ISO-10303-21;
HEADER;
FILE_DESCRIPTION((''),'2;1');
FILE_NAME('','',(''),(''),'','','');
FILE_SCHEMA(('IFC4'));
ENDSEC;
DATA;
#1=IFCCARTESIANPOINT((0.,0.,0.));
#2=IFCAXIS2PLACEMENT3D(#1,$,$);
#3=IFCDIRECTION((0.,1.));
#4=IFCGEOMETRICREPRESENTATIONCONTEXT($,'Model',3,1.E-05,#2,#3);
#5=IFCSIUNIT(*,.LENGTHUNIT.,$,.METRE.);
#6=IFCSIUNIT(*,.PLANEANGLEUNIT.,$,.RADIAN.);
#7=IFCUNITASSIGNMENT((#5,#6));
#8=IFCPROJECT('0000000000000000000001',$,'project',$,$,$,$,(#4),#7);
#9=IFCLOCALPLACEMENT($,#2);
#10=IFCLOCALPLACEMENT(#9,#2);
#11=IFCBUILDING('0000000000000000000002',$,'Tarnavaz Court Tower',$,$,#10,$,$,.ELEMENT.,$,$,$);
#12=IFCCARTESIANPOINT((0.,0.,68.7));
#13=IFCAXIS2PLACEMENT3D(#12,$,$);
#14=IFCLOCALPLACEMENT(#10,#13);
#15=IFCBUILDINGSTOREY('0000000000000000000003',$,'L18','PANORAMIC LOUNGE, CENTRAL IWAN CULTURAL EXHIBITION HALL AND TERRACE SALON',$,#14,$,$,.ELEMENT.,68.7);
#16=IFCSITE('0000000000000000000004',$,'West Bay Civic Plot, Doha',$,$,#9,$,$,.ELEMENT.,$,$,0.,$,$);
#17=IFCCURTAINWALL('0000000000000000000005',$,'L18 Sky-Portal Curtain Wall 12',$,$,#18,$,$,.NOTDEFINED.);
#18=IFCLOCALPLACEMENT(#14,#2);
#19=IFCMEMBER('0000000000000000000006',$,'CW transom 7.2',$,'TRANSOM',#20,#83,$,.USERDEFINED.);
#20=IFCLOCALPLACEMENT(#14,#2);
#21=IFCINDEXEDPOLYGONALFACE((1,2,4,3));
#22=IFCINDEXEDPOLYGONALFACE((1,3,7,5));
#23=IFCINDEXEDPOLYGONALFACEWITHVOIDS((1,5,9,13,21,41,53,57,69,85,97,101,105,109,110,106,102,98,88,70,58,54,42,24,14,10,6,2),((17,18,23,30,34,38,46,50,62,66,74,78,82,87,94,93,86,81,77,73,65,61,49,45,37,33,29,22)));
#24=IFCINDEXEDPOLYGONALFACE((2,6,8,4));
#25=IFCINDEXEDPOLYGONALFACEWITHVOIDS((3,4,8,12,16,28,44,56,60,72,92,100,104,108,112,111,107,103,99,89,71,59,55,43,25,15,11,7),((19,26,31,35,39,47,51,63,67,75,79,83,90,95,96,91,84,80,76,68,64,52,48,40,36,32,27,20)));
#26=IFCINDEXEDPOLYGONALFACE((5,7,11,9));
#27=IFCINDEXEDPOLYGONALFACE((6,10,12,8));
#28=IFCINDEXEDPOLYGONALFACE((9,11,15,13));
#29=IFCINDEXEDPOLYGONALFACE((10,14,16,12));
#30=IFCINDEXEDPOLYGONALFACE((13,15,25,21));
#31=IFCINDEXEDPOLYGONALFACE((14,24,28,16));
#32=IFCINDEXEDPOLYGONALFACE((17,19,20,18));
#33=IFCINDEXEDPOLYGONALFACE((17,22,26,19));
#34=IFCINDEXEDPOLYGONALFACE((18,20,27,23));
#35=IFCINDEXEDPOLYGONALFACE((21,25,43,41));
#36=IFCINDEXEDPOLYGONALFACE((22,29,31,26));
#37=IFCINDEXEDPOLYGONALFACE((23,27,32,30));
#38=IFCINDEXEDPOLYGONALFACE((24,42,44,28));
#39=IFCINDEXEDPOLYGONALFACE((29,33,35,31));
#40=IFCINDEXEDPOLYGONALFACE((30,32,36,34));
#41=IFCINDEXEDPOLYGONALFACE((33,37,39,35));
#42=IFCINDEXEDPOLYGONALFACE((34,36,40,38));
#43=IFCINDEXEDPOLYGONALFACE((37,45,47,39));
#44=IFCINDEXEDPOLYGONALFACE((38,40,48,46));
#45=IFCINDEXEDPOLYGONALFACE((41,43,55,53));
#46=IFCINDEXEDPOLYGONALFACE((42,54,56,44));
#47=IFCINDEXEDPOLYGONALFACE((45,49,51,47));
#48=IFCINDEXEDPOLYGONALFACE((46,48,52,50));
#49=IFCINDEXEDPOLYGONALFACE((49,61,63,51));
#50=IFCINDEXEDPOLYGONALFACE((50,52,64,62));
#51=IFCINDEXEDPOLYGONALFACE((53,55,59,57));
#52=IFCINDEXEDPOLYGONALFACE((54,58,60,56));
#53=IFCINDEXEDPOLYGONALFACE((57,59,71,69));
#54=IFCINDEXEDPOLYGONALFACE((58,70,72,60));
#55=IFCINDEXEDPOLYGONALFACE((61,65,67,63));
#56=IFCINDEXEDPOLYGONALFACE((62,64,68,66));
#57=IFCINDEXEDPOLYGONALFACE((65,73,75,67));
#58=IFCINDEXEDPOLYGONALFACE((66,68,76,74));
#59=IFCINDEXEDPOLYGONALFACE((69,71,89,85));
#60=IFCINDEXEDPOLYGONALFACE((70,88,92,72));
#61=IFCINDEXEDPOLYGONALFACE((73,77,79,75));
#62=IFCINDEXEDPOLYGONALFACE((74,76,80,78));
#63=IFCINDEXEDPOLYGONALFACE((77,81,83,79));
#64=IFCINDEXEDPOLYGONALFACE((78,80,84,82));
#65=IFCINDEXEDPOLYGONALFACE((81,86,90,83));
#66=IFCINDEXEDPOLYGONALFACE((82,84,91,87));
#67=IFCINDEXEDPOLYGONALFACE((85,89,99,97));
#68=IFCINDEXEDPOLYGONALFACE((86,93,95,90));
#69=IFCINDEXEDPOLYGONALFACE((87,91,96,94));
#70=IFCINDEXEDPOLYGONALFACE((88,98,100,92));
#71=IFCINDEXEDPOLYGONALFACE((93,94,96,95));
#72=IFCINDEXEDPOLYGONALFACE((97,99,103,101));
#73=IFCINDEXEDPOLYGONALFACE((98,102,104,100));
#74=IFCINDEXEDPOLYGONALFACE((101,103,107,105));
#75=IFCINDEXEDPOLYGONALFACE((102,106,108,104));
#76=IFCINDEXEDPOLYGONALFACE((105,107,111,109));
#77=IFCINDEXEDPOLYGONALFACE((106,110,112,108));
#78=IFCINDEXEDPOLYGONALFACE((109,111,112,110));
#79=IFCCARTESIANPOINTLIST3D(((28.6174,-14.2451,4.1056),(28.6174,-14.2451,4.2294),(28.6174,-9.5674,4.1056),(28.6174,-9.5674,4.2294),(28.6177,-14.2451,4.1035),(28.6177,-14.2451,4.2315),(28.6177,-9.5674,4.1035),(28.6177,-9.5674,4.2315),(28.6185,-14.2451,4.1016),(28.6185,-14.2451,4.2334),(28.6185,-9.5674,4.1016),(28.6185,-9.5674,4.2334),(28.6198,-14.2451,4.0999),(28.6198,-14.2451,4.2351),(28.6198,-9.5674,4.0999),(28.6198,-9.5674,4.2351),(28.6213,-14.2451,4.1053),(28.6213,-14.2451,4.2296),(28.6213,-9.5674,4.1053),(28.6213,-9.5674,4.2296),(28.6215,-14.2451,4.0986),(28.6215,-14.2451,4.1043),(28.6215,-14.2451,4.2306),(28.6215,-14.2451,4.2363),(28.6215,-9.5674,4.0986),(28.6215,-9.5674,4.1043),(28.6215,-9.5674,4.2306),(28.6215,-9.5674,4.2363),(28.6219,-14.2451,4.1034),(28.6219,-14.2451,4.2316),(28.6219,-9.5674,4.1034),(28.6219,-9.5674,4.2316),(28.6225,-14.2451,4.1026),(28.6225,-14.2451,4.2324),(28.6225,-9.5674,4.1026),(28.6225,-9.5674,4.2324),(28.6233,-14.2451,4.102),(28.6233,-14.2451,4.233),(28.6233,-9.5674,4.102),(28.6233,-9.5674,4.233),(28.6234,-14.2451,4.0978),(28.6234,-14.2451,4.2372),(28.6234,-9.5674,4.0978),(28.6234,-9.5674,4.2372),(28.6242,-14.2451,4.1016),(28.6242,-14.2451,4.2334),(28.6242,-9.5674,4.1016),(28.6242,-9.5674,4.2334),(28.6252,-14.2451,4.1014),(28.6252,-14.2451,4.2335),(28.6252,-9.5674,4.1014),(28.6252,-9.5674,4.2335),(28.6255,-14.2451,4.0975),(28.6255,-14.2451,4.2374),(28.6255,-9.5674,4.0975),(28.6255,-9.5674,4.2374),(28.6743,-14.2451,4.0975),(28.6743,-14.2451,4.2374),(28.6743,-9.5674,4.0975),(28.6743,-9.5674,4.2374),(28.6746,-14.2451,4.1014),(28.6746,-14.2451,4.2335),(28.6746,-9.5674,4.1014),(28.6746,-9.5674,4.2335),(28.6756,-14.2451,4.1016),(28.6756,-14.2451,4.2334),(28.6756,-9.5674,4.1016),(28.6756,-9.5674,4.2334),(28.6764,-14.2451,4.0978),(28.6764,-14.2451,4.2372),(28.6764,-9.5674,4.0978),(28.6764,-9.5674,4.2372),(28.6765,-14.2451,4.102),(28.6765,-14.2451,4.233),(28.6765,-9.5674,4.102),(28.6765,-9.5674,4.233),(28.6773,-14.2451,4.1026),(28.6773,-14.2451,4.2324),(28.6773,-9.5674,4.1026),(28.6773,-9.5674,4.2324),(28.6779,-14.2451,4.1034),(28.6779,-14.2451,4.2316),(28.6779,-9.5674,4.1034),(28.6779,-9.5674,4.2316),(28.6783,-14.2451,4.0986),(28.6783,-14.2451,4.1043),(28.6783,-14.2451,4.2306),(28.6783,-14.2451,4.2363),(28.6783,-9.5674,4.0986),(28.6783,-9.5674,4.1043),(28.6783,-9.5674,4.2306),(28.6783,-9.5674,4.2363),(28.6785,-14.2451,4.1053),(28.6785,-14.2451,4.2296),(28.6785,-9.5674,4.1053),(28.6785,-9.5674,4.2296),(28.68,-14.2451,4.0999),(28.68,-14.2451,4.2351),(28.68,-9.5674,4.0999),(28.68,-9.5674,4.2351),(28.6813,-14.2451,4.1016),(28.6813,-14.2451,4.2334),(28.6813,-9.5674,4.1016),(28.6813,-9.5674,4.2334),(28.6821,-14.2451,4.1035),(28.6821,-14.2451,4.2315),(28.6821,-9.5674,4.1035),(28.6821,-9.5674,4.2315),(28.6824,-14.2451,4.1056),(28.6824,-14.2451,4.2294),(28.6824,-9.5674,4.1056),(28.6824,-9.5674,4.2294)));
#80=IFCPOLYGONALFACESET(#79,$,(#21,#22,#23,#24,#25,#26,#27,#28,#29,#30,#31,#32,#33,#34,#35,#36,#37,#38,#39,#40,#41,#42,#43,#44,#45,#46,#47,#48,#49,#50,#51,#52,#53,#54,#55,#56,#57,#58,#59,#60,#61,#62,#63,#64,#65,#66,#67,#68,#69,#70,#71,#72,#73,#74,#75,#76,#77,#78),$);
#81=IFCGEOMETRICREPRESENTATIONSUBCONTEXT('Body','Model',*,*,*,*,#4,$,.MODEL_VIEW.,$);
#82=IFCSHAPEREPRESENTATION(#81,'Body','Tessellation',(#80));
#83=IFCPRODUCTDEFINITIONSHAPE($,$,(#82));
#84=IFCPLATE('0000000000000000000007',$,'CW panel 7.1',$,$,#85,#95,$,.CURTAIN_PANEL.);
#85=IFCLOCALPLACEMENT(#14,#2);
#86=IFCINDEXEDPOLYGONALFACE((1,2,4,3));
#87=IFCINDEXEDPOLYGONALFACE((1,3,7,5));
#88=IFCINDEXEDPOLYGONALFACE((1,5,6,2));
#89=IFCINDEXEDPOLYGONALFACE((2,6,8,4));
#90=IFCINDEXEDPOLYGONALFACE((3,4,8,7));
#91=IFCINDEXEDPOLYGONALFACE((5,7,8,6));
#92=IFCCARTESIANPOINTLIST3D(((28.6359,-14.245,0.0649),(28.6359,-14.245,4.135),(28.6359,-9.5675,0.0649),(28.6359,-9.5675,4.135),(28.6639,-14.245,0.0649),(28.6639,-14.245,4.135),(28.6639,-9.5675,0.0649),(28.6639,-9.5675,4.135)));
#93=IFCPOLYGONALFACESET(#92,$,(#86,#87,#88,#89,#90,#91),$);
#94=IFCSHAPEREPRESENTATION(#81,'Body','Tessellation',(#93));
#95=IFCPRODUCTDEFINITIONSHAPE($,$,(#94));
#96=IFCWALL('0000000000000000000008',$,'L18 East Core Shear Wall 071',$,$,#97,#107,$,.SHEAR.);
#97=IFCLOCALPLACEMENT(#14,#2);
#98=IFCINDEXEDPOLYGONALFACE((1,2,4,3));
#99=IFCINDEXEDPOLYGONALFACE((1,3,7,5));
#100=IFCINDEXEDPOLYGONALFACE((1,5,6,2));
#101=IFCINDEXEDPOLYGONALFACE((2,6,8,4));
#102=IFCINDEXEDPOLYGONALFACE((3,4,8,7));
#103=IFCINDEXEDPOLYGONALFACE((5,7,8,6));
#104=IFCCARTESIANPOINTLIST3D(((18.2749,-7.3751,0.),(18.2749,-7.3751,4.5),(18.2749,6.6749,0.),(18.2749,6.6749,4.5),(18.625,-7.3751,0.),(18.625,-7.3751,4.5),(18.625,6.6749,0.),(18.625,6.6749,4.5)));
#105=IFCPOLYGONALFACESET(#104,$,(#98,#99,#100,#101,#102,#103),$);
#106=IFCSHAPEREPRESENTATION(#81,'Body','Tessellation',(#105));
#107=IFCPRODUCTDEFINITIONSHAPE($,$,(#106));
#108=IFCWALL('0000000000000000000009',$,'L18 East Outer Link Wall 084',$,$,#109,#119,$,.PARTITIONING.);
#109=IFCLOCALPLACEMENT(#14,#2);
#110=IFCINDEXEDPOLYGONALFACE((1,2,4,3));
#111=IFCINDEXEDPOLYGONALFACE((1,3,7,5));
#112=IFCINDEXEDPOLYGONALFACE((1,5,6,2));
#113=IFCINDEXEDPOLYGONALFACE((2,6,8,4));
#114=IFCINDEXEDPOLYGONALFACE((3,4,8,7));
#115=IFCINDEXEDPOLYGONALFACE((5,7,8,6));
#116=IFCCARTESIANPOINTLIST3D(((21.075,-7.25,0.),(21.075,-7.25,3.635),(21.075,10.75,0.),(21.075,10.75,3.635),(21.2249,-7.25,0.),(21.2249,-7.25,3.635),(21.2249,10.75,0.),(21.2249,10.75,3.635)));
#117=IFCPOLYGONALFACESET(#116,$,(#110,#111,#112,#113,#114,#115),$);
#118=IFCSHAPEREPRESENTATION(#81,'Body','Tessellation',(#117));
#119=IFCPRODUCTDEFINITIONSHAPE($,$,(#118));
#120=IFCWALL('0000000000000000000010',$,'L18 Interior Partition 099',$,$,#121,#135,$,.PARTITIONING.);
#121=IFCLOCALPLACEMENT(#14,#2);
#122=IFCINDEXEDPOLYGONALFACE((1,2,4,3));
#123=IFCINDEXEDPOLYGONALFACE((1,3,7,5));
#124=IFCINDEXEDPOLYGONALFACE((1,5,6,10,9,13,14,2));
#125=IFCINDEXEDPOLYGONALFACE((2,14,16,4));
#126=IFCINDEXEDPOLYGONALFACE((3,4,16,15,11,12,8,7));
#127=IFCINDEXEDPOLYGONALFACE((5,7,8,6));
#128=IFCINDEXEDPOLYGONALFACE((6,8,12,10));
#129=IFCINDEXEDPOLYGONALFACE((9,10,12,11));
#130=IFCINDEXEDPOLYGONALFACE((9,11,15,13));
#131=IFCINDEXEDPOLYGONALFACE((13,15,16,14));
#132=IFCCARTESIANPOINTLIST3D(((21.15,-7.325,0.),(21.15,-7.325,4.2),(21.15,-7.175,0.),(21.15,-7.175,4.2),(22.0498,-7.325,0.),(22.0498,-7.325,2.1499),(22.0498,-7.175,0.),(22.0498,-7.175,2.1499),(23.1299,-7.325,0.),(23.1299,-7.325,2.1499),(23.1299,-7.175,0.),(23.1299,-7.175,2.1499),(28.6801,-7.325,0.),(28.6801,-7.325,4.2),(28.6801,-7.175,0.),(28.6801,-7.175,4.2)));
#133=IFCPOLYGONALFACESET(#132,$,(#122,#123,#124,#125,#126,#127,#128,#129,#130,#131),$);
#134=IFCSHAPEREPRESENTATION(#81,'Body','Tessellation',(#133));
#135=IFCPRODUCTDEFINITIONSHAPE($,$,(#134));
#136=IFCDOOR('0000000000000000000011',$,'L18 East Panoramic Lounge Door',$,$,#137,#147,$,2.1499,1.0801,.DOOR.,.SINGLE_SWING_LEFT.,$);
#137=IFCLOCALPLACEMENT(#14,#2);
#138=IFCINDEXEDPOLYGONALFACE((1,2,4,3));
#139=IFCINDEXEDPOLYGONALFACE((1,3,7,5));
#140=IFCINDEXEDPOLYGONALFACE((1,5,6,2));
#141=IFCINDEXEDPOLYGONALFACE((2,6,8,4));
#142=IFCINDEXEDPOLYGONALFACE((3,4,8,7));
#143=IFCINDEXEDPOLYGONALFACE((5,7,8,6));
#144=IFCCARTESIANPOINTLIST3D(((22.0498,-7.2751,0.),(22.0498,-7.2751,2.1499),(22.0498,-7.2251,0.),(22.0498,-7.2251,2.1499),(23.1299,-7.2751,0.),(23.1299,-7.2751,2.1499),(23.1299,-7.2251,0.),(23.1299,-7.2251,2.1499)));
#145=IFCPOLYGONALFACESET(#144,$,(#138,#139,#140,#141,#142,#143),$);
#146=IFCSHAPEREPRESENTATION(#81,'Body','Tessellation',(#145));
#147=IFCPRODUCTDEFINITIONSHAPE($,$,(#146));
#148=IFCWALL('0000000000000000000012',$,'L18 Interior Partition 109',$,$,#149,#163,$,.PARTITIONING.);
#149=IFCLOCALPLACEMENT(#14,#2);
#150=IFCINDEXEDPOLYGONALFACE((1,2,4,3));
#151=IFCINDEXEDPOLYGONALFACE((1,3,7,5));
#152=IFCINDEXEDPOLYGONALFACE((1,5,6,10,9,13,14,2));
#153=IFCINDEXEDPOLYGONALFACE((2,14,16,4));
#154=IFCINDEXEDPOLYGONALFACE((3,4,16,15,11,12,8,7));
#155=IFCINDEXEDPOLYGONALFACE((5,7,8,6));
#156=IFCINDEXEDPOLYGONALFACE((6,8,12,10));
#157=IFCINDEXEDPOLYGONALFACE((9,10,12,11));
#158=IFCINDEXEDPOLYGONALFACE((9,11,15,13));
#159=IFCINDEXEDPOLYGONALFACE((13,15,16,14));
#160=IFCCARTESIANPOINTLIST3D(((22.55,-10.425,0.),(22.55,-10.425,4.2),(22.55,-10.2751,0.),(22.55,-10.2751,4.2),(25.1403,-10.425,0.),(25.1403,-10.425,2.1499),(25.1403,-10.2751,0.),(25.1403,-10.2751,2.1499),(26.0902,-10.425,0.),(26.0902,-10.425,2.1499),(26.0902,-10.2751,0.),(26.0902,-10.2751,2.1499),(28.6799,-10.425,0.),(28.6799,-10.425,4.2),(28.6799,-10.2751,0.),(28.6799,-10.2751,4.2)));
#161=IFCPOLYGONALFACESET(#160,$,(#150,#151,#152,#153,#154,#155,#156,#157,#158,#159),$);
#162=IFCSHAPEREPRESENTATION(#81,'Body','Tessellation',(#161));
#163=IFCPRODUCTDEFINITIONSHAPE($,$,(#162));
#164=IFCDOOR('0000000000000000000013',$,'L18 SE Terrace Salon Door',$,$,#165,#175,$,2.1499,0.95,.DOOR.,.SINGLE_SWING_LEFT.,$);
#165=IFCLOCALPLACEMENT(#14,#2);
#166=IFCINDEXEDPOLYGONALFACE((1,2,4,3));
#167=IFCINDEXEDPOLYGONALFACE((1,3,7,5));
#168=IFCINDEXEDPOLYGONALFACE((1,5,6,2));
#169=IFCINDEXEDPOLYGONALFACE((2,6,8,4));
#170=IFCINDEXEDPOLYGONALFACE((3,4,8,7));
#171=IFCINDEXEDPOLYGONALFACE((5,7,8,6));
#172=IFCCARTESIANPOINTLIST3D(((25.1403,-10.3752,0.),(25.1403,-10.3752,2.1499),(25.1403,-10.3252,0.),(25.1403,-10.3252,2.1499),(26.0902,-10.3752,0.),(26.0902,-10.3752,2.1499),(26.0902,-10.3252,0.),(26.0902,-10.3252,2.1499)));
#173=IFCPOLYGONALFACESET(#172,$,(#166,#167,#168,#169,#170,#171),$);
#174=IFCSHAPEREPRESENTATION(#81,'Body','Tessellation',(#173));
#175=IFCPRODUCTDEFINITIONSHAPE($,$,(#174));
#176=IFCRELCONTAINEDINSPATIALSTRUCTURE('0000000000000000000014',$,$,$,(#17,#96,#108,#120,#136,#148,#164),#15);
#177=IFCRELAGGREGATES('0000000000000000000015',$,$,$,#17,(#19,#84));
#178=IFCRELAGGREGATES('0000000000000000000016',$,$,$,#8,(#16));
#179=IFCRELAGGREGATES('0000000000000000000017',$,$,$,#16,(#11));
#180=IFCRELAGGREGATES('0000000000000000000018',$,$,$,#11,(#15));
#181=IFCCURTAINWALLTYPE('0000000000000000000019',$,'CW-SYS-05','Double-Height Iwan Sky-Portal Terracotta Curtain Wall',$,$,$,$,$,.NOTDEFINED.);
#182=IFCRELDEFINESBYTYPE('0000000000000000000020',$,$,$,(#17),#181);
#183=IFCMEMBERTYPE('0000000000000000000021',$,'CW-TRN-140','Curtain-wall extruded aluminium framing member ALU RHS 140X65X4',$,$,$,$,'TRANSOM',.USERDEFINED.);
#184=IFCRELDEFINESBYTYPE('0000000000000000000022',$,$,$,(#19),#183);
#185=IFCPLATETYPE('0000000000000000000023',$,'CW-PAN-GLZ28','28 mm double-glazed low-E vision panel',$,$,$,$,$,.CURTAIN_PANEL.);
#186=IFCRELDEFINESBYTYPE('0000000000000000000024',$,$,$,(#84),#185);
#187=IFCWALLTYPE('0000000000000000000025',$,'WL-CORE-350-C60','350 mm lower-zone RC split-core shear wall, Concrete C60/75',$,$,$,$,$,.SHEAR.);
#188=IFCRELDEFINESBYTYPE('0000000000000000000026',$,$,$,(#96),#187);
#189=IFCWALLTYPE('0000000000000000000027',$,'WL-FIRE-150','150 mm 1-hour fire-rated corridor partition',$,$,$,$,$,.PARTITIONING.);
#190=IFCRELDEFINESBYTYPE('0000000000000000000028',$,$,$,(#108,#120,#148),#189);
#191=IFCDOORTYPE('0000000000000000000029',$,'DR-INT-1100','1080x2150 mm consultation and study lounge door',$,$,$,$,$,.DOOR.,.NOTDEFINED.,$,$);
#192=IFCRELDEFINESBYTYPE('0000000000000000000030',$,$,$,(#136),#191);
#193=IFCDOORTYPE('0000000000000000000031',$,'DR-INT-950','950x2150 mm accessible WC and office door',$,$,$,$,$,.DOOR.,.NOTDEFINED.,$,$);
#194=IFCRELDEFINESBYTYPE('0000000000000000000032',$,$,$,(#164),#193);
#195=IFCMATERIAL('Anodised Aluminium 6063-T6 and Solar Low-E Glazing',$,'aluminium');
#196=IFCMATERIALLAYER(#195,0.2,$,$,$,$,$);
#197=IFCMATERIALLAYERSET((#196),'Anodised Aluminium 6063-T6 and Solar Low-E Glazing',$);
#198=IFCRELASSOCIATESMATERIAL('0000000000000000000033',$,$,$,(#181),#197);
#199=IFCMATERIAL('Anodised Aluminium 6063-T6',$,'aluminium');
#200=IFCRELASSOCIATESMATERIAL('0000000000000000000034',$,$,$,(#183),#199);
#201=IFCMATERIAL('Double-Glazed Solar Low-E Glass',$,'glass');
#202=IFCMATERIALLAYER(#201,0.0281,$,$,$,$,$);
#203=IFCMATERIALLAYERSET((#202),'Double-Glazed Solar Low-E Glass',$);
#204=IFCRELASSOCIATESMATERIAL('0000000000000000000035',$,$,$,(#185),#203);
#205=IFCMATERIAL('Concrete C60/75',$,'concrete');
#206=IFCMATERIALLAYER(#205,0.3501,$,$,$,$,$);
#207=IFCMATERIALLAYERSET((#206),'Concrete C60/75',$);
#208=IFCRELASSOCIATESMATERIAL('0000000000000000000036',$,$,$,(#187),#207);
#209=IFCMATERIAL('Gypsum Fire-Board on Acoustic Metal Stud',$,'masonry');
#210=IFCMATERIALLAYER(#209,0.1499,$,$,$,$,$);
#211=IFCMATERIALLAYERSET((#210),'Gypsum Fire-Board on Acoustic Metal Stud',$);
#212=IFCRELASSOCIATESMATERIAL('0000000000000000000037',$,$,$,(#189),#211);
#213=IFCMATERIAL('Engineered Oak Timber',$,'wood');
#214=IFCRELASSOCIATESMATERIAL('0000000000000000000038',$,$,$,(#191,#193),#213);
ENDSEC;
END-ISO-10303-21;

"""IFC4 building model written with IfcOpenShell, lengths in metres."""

from ifc_helpers import new_model, si_unit, direction, frame, frame_2d, origin, origin_2d, place, context, subcontext, project, spatial, rectangle, hollow_rectangle, extrude, material, layer, layer_set, material_profile, profile_set, type_object, element, fill, aggregate, save


model = new_model("IFC4")

# Units and contexts
model_context = context("Model", 3, precision=1e-05, world=origin(), true_north=direction((0.0, 1.0)))
body_context = subcontext(model_context, "Body", "Model", "MODEL_VIEW")
ifc_project = project(units=[si_unit("LENGTHUNIT", "METRE"), si_unit("PLANEANGLEUNIT", "RADIAN")], contexts=[model_context])

# Site, building, storey
site_placement = place(None, origin())
site = spatial("IfcSite", under=ifc_project, at=site_placement, Name="West Bay Civic Plot, Doha", CompositionType="ELEMENT", RefElevation=0.0)
building_placement = place(site_placement, origin())
building = spatial("IfcBuilding", under=site, at=building_placement, Name="Tarnavaz Court Tower", CompositionType="ELEMENT")
storey_placement = place(building_placement, frame((0.0, 0.0, 68.7)))
storey = spatial("IfcBuildingStorey", under=building, at=storey_placement, Name="L18", Description="PANORAMIC LOUNGE, CENTRAL IWAN CULTURAL EXHIBITION HALL AND TERRACE SALON", CompositionType="ELEMENT", Elevation=68.7)

# Shared definitions
ifc_material_1 = material(Name="Concrete C60/75", Category="concrete")

# Curtain wall, member, plate
ifc_material_2 = material(Name="Anodised Aluminium 6063-T6 and Solar Low-E Glazing", Category="aluminium")
ifc_layer_1 = layer(ifc_material_2, 0.2)
ifc_layer_set_1 = layer_set([ifc_layer_1], Name="Anodised Aluminium 6063-T6 and Solar Low-E Glazing")
curtain_wall_type = type_object("IfcCurtainWallType", Name="CW-SYS-05", Description="Double-Height Iwan Sky-Portal Terracotta Curtain Wall", PredefinedType="NOTDEFINED", material=ifc_layer_set_1)
curtain_wall_placement = place(storey_placement, origin())
curtain_wall = element("IfcCurtainWall", 1, at=curtain_wall_placement, inside=storey, type_object=curtain_wall_type, Name="L18 Sky-Portal Curtain Wall 12", PredefinedType="NOTDEFINED")
ifc_material_3 = material(Name="Anodised Aluminium 6063-T6", Category="aluminium")
ifc_material_profile_1 = material_profile(ifc_material_3, hollow_rectangle(XDim=0.0649, YDim=0.1399, WallThickness=0.0039, InnerFilletRadius=0.0039, OuterFilletRadius=0.0081, at=origin_2d()), Name="ALU RHS 140X65X4")
ifc_profile_set_1 = profile_set([ifc_material_profile_1], Name="Anodised Aluminium 6063-T6")
member_type_1 = type_object("IfcMemberType", Name="CW-TRN-140", Description="Curtain-wall extruded aluminium framing member ALU RHS 140X65X4", ElementType="TRANSOM", PredefinedType="USERDEFINED", material=ifc_profile_set_1)
member_1_placement = place(storey_placement, frame((28.6499, -9.5674, 4.1675), z_axis=(0.0, -1.0, 0.0), x_axis=(1.0, 0.0, 0.0)))
member_1 = element("IfcMember", 2, at=member_1_placement, type_object=member_type_1, Name="CW transom 7.2", ObjectType="TRANSOM", PredefinedType="USERDEFINED", context=body_context, shape_type="SweptSolid", body=[
    extrude(hollow_rectangle(XDim=0.0649, YDim=0.1399, WallThickness=0.0039, InnerFilletRadius=0.0039, OuterFilletRadius=0.0081, at=origin_2d()), origin(), (0.0, 0.0, 1.0), 4.6777),
])
ifc_material_4 = material(Name="Double-Glazed Solar Low-E Glass", Category="glass")
ifc_layer_2 = layer(ifc_material_4, 0.0281)
ifc_layer_set_2 = layer_set([ifc_layer_2], Name="Double-Glazed Solar Low-E Glass")
plate_type = type_object("IfcPlateType", Name="CW-PAN-GLZ28", Description="28 mm double-glazed low-E vision panel", PredefinedType="CURTAIN_PANEL", material=ifc_layer_set_2)
plate_placement = place(storey_placement, frame((28.6499, -11.9062, 0.0649), z_axis=(0.0, 0.0, 1.0), x_axis=(0.0, -1.0, 0.0)))
plate = element("IfcPlate", 3, at=plate_placement, type_object=plate_type, Name="CW panel 7.1", PredefinedType="CURTAIN_PANEL", context=body_context, shape_type="SweptSolid", body=[
    extrude(rectangle(XDim=4.6775, YDim=0.0281, at=origin_2d()), origin(), (0.0, 0.0, 1.0), 4.0701),
])
aggregate(curtain_wall, [member_1, plate])

# Walls
ifc_layer_3 = layer(ifc_material_1, 0.3501)
ifc_layer_set_3 = layer_set([ifc_layer_3], Name="Concrete C60/75")
wall_type_1 = type_object("IfcWallType", Name="WL-CORE-350-C60", Description="350 mm lower-zone RC split-core shear wall, Concrete C60/75", PredefinedType="SHEAR", material=ifc_layer_set_3)
wall_1_placement = place(storey_placement, frame((18.45, -7.375, 0.0), z_axis=(0.0, 0.0, 1.0), x_axis=(0.0, 1.0, 0.0)))
element("IfcWall", 4, at=wall_1_placement, inside=storey, type_object=wall_type_1, Name="L18 East Core Shear Wall 071", PredefinedType="SHEAR", context=body_context, shape_type="SweptSolid", body=[
    extrude(rectangle(XDim=14.05, YDim=0.3501, at=frame_2d((7.0249, 0.0))), origin(), (0.0, 0.0, 1.0), 4.5),
])
ifc_material_5 = material(Name="Gypsum Fire-Board on Acoustic Metal Stud", Category="masonry")
ifc_layer_4 = layer(ifc_material_5, 0.1499)
ifc_layer_set_4 = layer_set([ifc_layer_4], Name="Gypsum Fire-Board on Acoustic Metal Stud")
wall_type_2 = type_object("IfcWallType", Name="WL-FIRE-150", Description="150 mm 1-hour fire-rated corridor partition", PredefinedType="PARTITIONING", material=ifc_layer_set_4)
wall_2_placement = place(storey_placement, frame((21.1499, -7.25, 0.0), z_axis=(0.0, 0.0, 1.0), x_axis=(0.0, 1.0, 0.0)))
element("IfcWall", 5, at=wall_2_placement, inside=storey, type_object=wall_type_2, Name="L18 East Outer Link Wall 084", PredefinedType="PARTITIONING", context=body_context, shape_type="SweptSolid", body=[
    extrude(rectangle(XDim=18.0, YDim=0.1499, at=frame_2d((9.0, 0.0))), origin(), (0.0, 0.0, 1.0), 3.635),
])

# Walls, openings, doors
wall_3_placement = place(storey_placement, frame((21.1499, -7.25, 0.0), z_axis=(0.0, 0.0, 1.0), x_axis=(1.0, 0.0, 0.0)))
wall_3 = element("IfcWall", 6, at=wall_3_placement, inside=storey, type_object=wall_type_2, Name="L18 Interior Partition 099", PredefinedType="PARTITIONING", context=body_context, shape_type="SweptSolid", body=[
    extrude(rectangle(XDim=7.53, YDim=0.1499, at=frame_2d((3.7651, 0.0))), origin(), (0.0, 0.0, 1.0), 4.2),
])
opening_1_placement = place(wall_3_placement, frame((0.8999, 0.0, 0.0)))
opening_1 = element("IfcOpeningElement", 7, at=opening_1_placement, cuts=wall_3, PredefinedType="OPENING", context=body_context, shape_type="SweptSolid", body=[
    extrude(rectangle(XDim=1.0801, YDim=2.1499, at=frame_2d((0.54, 1.075))), frame((0.0, 0.085, 0.0), z_axis=(0.0, -1.0, 0.0), x_axis=(1.0, 0.0, 0.0)), (0.0, 0.0, 1.0), 0.1699),
])
ifc_material_6 = material(Name="Engineered Oak Timber", Category="wood")
door_type_1 = type_object("IfcDoorType", Name="DR-INT-1100", Description="1080x2150 mm consultation and study lounge door", OperationType="NOTDEFINED", PredefinedType="DOOR", material=ifc_material_6)
door_1_placement = place(opening_1_placement, origin())
door_1 = element("IfcDoor", 8, at=door_1_placement, inside=storey, type_object=door_type_1, Name="L18 East Panoramic Lounge Door", OperationType="SINGLE_SWING_LEFT", OverallHeight=2.1499, OverallWidth=1.0801, PredefinedType="DOOR", context=body_context, shape_type="SweptSolid", body=[
    extrude(rectangle(XDim=1.0801, YDim=2.1499, at=frame_2d((0.54, 1.075))), frame((0.0, 0.0249, 0.0), z_axis=(0.0, -1.0, 0.0), x_axis=(1.0, 0.0, 0.0)), (0.0, 0.0, 1.0), 0.05),
])
fill(opening_1, door_1)
wall_4_placement = place(storey_placement, frame((22.55, -10.3501, 0.0), z_axis=(0.0, 0.0, 1.0), x_axis=(1.0, 0.0, 0.0)))
wall_4 = element("IfcWall", 9, at=wall_4_placement, inside=storey, type_object=wall_type_2, Name="L18 Interior Partition 109", PredefinedType="PARTITIONING", context=body_context, shape_type="SweptSolid", body=[
    extrude(rectangle(XDim=6.1299, YDim=0.1499, at=frame_2d((3.0649, 0.0))), origin(), (0.0, 0.0, 1.0), 4.2),
])
opening_2_placement = place(wall_4_placement, frame((2.5901, 0.0, 0.0)))
opening_2 = element("IfcOpeningElement", 10, at=opening_2_placement, cuts=wall_4, PredefinedType="OPENING", context=body_context, shape_type="SweptSolid", body=[
    extrude(rectangle(XDim=0.95, YDim=2.1499, at=frame_2d((0.4751, 1.075))), frame((0.0, 0.085, 0.0), z_axis=(0.0, -1.0, 0.0), x_axis=(1.0, 0.0, 0.0)), (0.0, 0.0, 1.0), 0.1699),
])
door_type_2 = type_object("IfcDoorType", Name="DR-INT-950", Description="950x2150 mm accessible WC and office door", OperationType="NOTDEFINED", PredefinedType="DOOR", material=ifc_material_6)
door_2_placement = place(opening_2_placement, origin())
door_2 = element("IfcDoor", 11, at=door_2_placement, inside=storey, type_object=door_type_2, Name="L18 SE Terrace Salon Door", OperationType="SINGLE_SWING_LEFT", OverallHeight=2.1499, OverallWidth=0.95, PredefinedType="DOOR", context=body_context, shape_type="SweptSolid", body=[
    extrude(rectangle(XDim=0.95, YDim=2.1499, at=frame_2d((0.4751, 1.075))), frame((0.0, 0.0249, 0.0), z_axis=(0.0, -1.0, 0.0), x_axis=(1.0, 0.0, 0.0)), (0.0, 0.0, 1.0), 0.05),
])
fill(opening_2, door_2)

save(model, "model.ifc")
